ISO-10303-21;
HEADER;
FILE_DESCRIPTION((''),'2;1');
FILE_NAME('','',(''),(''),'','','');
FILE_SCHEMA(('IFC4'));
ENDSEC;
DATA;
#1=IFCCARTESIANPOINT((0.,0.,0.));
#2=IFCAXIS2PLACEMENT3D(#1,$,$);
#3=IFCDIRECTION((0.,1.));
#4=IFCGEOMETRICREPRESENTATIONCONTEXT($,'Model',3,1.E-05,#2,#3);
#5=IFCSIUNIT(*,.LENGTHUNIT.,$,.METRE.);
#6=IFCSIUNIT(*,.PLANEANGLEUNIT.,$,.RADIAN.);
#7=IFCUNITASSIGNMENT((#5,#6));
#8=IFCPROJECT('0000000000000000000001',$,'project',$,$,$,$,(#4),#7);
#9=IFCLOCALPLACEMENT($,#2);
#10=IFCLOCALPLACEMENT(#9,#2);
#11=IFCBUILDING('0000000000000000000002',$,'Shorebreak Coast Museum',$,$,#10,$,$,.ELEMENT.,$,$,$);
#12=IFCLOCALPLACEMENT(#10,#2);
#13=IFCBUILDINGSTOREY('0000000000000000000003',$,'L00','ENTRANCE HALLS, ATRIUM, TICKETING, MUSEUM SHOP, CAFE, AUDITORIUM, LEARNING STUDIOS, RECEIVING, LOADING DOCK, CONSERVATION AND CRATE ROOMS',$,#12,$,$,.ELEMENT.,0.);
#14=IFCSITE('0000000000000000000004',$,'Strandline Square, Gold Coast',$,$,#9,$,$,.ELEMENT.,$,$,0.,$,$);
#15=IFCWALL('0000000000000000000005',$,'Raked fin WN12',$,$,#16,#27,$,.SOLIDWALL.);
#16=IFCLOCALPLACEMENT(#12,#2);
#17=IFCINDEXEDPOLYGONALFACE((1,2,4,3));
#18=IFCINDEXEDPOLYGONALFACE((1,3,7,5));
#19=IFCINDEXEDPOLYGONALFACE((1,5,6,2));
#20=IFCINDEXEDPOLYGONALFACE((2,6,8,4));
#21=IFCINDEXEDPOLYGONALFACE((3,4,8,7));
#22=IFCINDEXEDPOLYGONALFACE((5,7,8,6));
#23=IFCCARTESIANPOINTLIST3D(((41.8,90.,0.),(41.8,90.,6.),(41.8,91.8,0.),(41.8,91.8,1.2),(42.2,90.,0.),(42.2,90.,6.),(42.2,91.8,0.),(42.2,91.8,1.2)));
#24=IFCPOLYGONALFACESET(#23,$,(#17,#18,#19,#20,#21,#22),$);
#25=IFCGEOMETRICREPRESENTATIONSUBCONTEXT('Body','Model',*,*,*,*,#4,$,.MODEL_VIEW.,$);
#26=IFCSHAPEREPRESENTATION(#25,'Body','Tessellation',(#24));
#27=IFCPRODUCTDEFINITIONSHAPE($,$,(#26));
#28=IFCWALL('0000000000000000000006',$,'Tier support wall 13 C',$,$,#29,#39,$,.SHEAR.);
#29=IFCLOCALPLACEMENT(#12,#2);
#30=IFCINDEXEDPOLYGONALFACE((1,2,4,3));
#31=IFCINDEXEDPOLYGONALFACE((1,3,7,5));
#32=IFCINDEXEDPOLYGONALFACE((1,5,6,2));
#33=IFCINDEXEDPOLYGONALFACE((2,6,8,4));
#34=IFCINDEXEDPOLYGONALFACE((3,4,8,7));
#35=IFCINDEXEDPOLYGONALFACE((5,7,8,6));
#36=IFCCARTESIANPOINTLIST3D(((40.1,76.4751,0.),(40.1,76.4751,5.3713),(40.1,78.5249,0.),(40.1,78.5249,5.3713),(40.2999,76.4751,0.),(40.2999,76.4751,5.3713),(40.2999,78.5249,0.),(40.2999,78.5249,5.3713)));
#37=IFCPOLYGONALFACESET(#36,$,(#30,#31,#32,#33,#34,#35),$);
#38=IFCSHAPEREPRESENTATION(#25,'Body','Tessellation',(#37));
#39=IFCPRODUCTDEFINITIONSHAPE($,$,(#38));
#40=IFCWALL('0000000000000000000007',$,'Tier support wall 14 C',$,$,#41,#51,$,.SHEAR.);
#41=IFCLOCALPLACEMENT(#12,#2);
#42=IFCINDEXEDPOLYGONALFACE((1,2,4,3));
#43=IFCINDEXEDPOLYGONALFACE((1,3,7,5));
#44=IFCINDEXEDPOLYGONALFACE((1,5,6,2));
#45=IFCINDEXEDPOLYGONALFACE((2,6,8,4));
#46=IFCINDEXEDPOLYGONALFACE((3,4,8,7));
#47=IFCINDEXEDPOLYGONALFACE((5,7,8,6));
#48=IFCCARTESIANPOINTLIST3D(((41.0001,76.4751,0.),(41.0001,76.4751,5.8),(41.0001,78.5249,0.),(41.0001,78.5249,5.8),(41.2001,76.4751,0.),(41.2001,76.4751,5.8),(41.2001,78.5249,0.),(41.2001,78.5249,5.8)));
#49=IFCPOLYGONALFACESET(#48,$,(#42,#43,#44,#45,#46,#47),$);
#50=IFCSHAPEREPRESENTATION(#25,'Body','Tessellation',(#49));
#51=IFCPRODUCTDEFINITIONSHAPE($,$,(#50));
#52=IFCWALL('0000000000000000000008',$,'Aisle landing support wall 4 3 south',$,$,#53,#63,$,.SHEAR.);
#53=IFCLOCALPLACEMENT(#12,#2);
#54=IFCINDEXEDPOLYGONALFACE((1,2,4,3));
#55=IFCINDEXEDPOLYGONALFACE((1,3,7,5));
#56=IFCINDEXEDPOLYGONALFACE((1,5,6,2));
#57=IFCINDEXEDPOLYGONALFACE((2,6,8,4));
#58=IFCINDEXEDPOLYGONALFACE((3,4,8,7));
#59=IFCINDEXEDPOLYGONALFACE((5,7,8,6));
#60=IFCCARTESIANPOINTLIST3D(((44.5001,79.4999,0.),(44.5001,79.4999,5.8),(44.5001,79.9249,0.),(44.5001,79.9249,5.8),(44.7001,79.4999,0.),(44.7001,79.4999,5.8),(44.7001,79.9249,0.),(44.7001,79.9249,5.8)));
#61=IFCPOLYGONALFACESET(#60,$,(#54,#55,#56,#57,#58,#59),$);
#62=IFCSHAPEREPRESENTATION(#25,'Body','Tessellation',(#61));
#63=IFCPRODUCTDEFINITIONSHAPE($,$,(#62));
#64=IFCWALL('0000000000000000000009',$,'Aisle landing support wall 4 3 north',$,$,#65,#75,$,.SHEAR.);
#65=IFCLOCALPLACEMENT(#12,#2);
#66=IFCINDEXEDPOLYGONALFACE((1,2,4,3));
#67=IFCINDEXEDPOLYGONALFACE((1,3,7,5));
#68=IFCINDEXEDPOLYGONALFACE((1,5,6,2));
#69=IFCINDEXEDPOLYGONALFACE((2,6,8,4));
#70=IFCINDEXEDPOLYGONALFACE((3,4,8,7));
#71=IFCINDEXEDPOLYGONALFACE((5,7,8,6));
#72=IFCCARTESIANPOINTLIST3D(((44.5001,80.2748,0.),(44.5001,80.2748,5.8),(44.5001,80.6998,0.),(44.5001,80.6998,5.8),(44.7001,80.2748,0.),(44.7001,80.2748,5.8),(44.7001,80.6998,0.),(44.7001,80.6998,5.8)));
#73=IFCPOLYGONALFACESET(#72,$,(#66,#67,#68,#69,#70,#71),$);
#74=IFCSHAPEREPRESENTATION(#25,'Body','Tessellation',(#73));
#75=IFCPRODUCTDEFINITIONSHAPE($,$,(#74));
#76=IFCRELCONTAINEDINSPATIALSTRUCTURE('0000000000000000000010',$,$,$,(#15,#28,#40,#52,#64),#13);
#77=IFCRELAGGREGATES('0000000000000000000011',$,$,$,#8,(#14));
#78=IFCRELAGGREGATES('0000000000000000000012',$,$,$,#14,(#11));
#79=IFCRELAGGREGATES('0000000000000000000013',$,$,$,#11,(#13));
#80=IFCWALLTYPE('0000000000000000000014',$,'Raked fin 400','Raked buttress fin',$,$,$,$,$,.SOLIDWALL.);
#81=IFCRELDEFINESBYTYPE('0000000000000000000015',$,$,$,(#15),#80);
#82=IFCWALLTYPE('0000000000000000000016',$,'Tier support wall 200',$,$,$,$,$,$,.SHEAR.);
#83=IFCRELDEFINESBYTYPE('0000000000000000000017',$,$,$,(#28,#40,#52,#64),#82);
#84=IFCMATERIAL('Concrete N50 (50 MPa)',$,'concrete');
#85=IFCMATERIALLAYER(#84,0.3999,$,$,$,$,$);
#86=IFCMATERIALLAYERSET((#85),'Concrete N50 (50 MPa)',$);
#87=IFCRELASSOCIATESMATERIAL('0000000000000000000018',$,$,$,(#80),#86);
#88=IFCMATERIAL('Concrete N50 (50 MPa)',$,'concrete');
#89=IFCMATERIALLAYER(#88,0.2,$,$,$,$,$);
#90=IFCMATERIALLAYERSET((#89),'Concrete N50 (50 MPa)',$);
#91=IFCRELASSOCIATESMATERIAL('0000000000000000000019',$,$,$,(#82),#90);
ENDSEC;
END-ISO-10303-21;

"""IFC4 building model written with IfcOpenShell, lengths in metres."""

from ifc_helpers import new_model, si_unit, direction, frame, frame_2d, origin, place, context, subcontext, project, spatial, polyline, rectangle, outline, extrude, material, layer, layer_set, type_object, element, save


model = new_model("IFC4")

# Units and contexts
model_context = context("Model", 3, precision=1e-05, world=origin(), true_north=direction((0.0, 1.0)))
body_context = subcontext(model_context, "Body", "Model", "MODEL_VIEW")
ifc_project = project(units=[si_unit("LENGTHUNIT", "METRE"), si_unit("PLANEANGLEUNIT", "RADIAN")], contexts=[model_context])

# Site, building, storey
site_placement = place(None, origin())
site = spatial("IfcSite", under=ifc_project, at=site_placement, Name="Strandline Square, Gold Coast", CompositionType="ELEMENT", RefElevation=0.0)
building_placement = place(site_placement, origin())
building = spatial("IfcBuilding", under=site, at=building_placement, Name="Shorebreak Coast Museum", CompositionType="ELEMENT")
storey_placement = place(building_placement, origin())
storey = spatial("IfcBuildingStorey", under=building, at=storey_placement, Name="L00", Description="ENTRANCE HALLS, ATRIUM, TICKETING, MUSEUM SHOP, CAFE, AUDITORIUM, LEARNING STUDIOS, RECEIVING, LOADING DOCK, CONSERVATION AND CRATE ROOMS", CompositionType="ELEMENT", Elevation=0.0)

# Walls
ifc_material_1 = material(Name="Concrete N50 (50 MPa)", Category="concrete")
ifc_layer_1 = layer(ifc_material_1, 0.3999)
ifc_layer_set_1 = layer_set([ifc_layer_1], Name="Concrete N50 (50 MPa)")
wall_type_1 = type_object("IfcWallType", Name="Raked fin 400", Description="Raked buttress fin", PredefinedType="SOLIDWALL", material=ifc_layer_set_1)
wall_1_placement = place(storey_placement, frame((42.0, 90.0, 0.0), z_axis=(0.0, 0.0, 1.0), x_axis=(0.0, 1.0, 0.0)))
element("IfcWall", 1, at=wall_1_placement, inside=storey, type_object=wall_type_1, Name="Raked fin WN12", PredefinedType="SOLIDWALL", context=body_context, shape_type="SweptSolid", body=[
    extrude(outline(polyline([(0.0, 0.0), (1.8, 0.0), (1.8, 1.2), (0.0, 6.0), (0.0, 0.0)])), frame((0.0, 0.2, 0.0), z_axis=(0.0, -1.0, 0.0), x_axis=(1.0, 0.0, 0.0)), (0.0, 0.0, 1.0), 0.3999),
])
ifc_material_2 = material(Name="Concrete N50 (50 MPa)", Category="concrete")
ifc_layer_2 = layer(ifc_material_2, 0.2)
ifc_layer_set_2 = layer_set([ifc_layer_2], Name="Concrete N50 (50 MPa)")
wall_type_2 = type_object("IfcWallType", Name="Tier support wall 200", PredefinedType="SHEAR", material=ifc_layer_set_2)
wall_2_placement = place(storey_placement, frame((40.2, 76.4751, 0.0), z_axis=(0.0, 0.0, 1.0), x_axis=(0.0, 1.0, 0.0)))
element("IfcWall", 2, at=wall_2_placement, inside=storey, type_object=wall_type_2, Name="Tier support wall 13 C", PredefinedType="SHEAR", context=body_context, shape_type="SweptSolid", body=[
    extrude(rectangle(XDim=2.0498, YDim=0.2, at=frame_2d((1.0249, 0.0))), origin(), (0.0, 0.0, 1.0), 5.3713),
])
wall_3_placement = place(storey_placement, frame((41.1001, 76.4751, 0.0), z_axis=(0.0, 0.0, 1.0), x_axis=(0.0, 1.0, 0.0)))
element("IfcWall", 3, at=wall_3_placement, inside=storey, type_object=wall_type_2, Name="Tier support wall 14 C", PredefinedType="SHEAR", context=body_context, shape_type="SweptSolid", body=[
    extrude(rectangle(XDim=2.0498, YDim=0.2, at=frame_2d((1.0249, 0.0))), origin(), (0.0, 0.0, 1.0), 5.8),
])
for number, where, z_axis, x_axis, name in (
    (4, (44.6001, 79.5, 0.0), (0.0, 0.0, 1.0), (0.0, 1.0, 0.0), "Aisle landing support wall 4 3 south"),
    (5, (44.6001, 80.2749, 0.0), (0.0, 0.0, 1.0), (0.0, 1.0, 0.0), "Aisle landing support wall 4 3 north"),
):
    element("IfcWall", number, at=place(storey_placement, frame(where, z_axis=z_axis, x_axis=x_axis)), inside=storey, type_object=wall_type_2, Name=name, PredefinedType="SHEAR", context=body_context, shape_type="SweptSolid", body=[
        extrude(rectangle(XDim=0.425, YDim=0.2, at=frame_2d((0.2124, 0.0))), origin(), (0.0, 0.0, 1.0), 5.8),
    ])

save(model, "model.ifc")
